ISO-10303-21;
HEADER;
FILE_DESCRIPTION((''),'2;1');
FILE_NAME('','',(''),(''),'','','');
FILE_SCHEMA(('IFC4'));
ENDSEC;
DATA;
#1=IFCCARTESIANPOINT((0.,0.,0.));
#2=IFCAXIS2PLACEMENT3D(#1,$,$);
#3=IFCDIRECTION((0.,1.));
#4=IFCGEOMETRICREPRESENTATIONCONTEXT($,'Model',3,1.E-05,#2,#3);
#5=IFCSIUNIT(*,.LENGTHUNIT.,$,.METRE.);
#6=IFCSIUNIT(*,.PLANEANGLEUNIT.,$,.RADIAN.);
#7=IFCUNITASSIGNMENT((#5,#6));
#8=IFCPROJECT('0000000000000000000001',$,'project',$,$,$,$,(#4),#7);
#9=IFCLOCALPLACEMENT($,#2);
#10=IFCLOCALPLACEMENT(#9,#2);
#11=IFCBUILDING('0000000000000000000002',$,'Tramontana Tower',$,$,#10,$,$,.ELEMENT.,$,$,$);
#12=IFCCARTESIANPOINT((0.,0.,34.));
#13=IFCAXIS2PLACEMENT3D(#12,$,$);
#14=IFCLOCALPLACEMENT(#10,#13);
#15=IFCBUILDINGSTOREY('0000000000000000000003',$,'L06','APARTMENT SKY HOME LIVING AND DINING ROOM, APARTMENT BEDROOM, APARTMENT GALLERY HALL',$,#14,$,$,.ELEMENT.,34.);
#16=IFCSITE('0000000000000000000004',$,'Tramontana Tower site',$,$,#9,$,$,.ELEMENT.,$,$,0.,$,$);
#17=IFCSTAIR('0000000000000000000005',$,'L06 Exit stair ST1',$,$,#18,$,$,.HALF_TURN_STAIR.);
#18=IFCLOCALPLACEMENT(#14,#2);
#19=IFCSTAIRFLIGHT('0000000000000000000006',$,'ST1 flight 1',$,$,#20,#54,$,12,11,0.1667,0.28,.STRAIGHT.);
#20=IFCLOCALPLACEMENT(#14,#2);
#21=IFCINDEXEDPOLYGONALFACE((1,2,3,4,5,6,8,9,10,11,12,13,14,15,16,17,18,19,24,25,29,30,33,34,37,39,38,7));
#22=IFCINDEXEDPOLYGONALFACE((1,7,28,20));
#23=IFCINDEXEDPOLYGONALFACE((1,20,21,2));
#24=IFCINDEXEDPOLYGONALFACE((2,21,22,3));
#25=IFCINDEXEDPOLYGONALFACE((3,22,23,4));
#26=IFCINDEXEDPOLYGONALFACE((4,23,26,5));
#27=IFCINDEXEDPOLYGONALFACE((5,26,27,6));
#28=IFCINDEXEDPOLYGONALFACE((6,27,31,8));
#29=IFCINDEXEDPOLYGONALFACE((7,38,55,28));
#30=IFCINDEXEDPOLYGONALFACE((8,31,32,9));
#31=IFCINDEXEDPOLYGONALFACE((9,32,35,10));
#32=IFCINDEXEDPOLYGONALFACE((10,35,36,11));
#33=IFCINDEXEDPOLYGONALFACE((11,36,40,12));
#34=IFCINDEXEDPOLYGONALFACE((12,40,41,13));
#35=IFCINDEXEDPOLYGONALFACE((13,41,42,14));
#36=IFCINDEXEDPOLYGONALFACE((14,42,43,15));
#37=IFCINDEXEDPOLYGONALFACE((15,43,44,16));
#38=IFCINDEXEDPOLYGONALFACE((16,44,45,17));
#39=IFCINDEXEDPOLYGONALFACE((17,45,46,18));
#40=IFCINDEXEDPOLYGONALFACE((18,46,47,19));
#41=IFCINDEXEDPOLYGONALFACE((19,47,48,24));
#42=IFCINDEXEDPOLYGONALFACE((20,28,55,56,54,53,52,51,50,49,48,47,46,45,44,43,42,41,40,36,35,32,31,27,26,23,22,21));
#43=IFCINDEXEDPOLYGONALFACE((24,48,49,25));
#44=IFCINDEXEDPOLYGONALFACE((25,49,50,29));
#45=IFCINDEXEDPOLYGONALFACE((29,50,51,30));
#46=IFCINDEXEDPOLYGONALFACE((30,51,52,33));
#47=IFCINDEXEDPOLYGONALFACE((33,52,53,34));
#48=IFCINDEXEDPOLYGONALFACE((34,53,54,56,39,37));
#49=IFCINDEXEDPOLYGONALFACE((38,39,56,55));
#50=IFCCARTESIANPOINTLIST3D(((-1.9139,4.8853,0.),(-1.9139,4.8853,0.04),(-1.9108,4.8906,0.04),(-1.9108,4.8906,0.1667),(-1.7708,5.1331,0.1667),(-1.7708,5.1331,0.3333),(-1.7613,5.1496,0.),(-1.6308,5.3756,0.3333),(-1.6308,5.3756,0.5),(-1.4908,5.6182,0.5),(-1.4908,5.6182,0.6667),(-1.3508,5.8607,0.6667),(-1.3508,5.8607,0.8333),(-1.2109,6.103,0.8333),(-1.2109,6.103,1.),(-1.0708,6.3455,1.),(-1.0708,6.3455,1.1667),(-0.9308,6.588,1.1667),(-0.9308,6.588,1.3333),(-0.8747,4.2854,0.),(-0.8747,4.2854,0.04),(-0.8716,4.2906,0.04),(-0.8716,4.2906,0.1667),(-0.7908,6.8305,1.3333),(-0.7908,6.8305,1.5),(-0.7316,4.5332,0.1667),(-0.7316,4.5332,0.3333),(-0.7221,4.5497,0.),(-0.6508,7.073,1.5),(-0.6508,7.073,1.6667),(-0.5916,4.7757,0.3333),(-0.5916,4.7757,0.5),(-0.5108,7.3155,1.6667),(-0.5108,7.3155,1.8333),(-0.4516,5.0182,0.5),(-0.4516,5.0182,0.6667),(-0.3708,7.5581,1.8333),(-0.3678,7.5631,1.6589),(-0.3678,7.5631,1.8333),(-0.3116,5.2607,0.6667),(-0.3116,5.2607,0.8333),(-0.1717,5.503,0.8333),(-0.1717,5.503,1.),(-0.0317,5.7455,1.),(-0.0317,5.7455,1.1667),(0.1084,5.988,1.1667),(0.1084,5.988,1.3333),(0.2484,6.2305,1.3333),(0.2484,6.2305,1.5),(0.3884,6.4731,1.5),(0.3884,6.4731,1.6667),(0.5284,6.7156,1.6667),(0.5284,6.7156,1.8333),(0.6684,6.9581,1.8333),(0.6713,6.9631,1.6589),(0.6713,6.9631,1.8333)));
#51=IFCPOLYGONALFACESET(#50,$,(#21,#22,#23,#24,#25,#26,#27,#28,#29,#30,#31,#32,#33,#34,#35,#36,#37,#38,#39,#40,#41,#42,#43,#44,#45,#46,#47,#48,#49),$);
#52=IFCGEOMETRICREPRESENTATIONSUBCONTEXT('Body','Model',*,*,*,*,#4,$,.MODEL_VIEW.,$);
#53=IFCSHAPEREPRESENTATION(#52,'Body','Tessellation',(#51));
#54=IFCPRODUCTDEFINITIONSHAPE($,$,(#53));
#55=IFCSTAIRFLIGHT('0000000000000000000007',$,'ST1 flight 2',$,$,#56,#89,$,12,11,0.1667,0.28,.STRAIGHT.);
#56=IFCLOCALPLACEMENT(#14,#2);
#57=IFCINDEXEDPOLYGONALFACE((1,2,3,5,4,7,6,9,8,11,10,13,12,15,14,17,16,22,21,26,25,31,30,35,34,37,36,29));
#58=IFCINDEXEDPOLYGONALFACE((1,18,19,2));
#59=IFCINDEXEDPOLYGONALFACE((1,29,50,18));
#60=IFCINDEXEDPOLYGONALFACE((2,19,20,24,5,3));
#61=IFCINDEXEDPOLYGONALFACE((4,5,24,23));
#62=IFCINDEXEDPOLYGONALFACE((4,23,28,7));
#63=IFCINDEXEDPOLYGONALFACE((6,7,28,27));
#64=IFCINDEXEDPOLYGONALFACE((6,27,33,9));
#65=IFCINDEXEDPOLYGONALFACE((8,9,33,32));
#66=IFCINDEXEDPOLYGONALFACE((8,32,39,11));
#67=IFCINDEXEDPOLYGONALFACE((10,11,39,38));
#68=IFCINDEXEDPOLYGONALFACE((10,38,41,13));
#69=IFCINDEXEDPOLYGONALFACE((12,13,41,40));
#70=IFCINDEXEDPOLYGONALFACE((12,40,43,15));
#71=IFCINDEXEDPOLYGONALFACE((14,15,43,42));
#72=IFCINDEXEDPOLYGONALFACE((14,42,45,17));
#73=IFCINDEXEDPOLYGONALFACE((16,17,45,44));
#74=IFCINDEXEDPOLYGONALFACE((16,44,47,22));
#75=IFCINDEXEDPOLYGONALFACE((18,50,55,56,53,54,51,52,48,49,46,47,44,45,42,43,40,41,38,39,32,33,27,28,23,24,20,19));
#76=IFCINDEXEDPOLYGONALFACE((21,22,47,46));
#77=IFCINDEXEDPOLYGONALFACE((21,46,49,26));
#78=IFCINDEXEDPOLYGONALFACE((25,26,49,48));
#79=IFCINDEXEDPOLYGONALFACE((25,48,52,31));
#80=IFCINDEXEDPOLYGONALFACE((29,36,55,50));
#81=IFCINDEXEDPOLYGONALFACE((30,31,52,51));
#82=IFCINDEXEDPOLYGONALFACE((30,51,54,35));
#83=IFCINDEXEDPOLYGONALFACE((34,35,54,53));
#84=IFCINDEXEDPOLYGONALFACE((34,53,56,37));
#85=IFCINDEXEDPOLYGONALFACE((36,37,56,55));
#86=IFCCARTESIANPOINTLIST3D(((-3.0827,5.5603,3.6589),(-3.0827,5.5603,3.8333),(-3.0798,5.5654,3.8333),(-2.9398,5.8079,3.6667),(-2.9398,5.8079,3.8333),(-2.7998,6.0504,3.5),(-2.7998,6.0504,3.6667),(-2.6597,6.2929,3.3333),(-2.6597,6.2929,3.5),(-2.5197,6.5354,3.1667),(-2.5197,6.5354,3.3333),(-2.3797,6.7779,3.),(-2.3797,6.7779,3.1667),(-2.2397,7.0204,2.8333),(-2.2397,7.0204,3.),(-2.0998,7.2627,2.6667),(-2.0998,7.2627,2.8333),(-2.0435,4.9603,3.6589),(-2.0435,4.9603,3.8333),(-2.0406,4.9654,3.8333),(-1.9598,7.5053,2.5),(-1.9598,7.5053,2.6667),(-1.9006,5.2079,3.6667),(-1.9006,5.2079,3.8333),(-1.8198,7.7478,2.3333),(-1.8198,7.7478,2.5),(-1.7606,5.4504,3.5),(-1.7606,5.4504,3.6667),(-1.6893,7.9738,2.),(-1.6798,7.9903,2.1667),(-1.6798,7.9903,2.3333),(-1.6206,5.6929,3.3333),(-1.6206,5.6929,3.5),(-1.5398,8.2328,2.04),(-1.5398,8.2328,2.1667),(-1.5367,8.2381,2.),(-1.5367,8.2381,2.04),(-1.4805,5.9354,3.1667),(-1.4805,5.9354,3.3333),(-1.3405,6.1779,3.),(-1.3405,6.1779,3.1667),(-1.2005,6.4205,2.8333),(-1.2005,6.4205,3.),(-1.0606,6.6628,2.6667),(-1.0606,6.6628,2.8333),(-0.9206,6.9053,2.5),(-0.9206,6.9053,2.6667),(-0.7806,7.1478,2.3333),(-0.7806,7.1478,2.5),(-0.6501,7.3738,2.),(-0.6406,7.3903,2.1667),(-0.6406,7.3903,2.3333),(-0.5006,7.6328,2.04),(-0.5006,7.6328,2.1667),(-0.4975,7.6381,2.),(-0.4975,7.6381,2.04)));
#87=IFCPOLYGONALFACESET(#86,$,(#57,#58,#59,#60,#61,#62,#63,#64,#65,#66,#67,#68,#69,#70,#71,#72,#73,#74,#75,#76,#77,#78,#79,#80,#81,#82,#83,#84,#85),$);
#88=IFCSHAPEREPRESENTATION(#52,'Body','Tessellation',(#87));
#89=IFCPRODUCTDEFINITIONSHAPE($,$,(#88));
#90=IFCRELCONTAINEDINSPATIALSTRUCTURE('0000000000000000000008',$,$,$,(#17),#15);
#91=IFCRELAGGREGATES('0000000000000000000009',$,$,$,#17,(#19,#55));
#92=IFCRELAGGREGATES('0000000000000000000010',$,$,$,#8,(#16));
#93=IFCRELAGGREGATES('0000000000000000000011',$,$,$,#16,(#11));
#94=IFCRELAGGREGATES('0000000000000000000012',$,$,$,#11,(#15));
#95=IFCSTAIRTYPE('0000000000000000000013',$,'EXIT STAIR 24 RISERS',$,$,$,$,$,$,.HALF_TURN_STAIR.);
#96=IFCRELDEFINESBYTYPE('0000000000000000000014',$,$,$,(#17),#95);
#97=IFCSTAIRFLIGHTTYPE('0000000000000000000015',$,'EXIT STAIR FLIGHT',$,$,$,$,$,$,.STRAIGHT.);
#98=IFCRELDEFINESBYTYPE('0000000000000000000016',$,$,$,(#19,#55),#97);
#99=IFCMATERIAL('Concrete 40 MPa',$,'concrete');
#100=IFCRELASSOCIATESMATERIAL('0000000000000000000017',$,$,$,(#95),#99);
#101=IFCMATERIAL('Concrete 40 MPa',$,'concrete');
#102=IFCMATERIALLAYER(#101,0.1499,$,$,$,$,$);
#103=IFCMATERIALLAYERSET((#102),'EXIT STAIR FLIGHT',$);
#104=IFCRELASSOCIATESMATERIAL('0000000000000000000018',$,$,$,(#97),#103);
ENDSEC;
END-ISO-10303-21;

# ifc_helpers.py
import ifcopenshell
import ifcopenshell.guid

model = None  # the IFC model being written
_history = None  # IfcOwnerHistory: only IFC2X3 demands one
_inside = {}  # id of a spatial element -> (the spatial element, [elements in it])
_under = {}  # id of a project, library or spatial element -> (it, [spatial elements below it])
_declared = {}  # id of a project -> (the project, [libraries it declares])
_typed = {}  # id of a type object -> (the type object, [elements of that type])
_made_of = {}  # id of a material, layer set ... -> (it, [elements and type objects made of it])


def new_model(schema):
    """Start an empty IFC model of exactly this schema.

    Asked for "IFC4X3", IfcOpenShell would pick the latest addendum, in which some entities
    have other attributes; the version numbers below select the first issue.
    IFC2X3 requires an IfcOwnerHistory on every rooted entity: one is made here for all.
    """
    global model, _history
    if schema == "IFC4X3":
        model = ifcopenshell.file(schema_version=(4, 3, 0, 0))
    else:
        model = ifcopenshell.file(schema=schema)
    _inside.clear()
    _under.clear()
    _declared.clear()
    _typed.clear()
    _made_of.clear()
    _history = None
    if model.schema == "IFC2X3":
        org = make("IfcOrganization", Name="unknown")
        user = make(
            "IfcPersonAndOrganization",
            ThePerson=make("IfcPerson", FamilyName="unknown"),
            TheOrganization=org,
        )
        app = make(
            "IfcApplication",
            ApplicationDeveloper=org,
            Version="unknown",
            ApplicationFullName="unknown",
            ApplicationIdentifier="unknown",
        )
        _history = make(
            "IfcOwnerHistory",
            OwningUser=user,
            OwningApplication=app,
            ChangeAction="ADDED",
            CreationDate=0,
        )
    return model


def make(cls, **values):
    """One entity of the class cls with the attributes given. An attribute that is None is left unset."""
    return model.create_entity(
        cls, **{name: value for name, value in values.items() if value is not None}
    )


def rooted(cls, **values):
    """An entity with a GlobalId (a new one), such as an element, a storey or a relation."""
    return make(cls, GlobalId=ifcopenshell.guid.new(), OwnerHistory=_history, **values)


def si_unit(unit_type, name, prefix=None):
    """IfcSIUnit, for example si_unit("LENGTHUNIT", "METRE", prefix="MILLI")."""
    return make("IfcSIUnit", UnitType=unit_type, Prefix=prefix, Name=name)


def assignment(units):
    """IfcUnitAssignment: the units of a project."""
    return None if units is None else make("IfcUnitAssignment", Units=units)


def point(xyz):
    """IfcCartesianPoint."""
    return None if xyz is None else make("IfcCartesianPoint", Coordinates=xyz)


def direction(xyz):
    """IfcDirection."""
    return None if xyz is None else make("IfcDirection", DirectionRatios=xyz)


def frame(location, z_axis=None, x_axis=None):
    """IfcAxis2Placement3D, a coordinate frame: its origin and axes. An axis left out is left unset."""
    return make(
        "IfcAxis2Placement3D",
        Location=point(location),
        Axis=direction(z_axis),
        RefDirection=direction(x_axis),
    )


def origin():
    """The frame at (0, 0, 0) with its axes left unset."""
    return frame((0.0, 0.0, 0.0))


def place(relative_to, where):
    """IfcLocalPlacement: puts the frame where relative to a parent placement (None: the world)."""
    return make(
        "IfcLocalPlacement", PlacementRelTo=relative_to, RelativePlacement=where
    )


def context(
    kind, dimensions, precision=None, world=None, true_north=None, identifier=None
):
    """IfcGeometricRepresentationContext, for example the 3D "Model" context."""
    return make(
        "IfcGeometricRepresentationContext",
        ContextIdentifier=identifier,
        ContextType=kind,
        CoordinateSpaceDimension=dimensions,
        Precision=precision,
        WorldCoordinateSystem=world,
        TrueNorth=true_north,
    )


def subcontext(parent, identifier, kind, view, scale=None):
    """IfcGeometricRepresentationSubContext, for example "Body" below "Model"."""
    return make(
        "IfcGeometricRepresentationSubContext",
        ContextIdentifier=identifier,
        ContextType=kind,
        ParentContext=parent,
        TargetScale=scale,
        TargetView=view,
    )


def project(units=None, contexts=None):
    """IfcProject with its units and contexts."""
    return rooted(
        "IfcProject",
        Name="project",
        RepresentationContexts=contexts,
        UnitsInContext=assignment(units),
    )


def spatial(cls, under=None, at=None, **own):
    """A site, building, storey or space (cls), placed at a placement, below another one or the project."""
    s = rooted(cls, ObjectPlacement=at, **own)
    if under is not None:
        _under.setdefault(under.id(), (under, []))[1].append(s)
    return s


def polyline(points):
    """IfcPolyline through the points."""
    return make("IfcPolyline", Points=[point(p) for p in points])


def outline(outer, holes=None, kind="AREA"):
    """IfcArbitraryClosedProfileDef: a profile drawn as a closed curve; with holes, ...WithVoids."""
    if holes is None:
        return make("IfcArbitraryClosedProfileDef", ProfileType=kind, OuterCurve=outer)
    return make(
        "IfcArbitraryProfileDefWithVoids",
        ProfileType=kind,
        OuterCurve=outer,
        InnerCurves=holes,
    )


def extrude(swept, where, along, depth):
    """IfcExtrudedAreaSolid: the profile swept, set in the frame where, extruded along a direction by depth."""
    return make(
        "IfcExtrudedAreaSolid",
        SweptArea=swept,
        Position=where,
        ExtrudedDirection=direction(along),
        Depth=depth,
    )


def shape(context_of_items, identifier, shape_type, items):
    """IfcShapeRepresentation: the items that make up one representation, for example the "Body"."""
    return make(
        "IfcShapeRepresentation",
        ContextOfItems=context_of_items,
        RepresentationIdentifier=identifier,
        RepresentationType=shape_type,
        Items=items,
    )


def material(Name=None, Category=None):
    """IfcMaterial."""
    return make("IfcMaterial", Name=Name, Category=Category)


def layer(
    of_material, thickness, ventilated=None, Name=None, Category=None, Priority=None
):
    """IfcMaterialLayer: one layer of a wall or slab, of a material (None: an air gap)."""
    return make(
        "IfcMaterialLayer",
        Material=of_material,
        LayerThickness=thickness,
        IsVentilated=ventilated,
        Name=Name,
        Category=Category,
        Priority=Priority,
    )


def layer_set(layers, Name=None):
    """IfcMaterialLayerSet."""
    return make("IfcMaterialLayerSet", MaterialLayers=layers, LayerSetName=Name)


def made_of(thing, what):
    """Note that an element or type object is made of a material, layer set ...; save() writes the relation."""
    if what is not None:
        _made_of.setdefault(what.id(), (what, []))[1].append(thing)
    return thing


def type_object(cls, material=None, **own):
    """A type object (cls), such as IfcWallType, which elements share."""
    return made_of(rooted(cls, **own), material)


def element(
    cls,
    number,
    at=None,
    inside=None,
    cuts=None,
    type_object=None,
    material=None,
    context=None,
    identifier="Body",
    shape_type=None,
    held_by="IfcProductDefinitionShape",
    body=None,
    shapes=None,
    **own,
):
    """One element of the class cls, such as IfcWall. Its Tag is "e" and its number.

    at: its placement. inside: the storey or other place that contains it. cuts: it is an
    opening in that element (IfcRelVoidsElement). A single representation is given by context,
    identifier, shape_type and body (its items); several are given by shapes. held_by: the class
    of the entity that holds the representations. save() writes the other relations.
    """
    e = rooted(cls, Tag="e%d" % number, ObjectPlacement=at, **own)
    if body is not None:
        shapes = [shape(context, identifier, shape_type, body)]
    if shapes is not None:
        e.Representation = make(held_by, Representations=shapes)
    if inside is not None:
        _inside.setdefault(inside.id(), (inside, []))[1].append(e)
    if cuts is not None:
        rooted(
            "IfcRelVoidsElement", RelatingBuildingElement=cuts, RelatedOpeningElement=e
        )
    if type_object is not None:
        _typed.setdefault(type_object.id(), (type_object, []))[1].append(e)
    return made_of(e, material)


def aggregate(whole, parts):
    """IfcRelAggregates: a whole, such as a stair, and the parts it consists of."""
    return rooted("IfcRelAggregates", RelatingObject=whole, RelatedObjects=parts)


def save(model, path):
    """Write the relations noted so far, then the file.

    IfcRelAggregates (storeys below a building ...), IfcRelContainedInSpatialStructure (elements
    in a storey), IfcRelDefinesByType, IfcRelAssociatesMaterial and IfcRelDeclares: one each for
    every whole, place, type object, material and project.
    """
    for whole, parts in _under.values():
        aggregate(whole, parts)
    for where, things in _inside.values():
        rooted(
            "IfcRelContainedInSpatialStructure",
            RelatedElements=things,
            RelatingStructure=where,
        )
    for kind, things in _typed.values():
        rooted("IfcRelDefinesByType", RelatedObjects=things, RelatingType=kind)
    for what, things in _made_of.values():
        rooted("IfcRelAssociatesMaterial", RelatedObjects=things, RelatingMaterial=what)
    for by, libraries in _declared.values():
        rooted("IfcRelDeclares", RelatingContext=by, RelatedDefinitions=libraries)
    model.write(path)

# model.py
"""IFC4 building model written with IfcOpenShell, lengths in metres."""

from ifc_helpers import new_model, si_unit, direction, frame, origin, place, context, subcontext, project, spatial, polyline, outline, extrude, material, layer, layer_set, type_object, element, aggregate, save


model = new_model("IFC4")

# Units and contexts
model_context = context("Model", 3, precision=1e-05, world=origin(), true_north=direction((0.0, 1.0)))
body_context = subcontext(model_context, "Body", "Model", "MODEL_VIEW")
ifc_project = project(units=[si_unit("LENGTHUNIT", "METRE"), si_unit("PLANEANGLEUNIT", "RADIAN")], contexts=[model_context])

# Site, building, storey
site_placement = place(None, origin())
site = spatial("IfcSite", under=ifc_project, at=site_placement, Name="Tramontana Tower site", CompositionType="ELEMENT", RefElevation=0.0)
building_placement = place(site_placement, origin())
building = spatial("IfcBuilding", under=site, at=building_placement, Name="Tramontana Tower", CompositionType="ELEMENT")
storey_placement = place(building_placement, frame((0.0, 0.0, 34.0)))
storey = spatial("IfcBuildingStorey", under=building, at=storey_placement, Name="L06", Description="APARTMENT SKY HOME LIVING AND DINING ROOM, APARTMENT BEDROOM, APARTMENT GALLERY HALL", CompositionType="ELEMENT", Elevation=34.0)

# Stair, stair flights
ifc_material_1 = material(Name="Concrete 40 MPa", Category="concrete")
stair_type = type_object("IfcStairType", Name="EXIT STAIR 24 RISERS", PredefinedType="HALF_TURN_STAIR", material=ifc_material_1)
stair_placement = place(storey_placement, origin())
stair = element("IfcStair", 1, at=stair_placement, inside=storey, type_object=stair_type, Name="L06 Exit stair ST1", PredefinedType="HALF_TURN_STAIR")
ifc_material_2 = material(Name="Concrete 40 MPa", Category="concrete")
ifc_layer_1 = layer(ifc_material_2, 0.1499)
ifc_layer_set_1 = layer_set([ifc_layer_1], Name="EXIT STAIR FLIGHT")
stair_flight_type = type_object("IfcStairFlightType", Name="EXIT STAIR FLIGHT", PredefinedType="STRAIGHT", material=ifc_layer_set_1)
stair_flight_1_placement = place(storey_placement, frame((-1.3911, 4.5906, 0.0), z_axis=(0.0, 0.0, 1.0), x_axis=(0.5, 0.866025, 0.0)))
stair_flight_1 = element("IfcStairFlight", 2, at=stair_flight_1_placement, type_object=stair_flight_type, Name="ST1 flight 1", NumberOfRisers=12, NumberOfTreads=11, PredefinedType="STRAIGHT", RiserHeight=0.1667, TreadLength=0.28, context=body_context, shape_type="SweptSolid", body=[
    extrude(outline(polyline([(-0.0061, 0.0), (-0.0061, 0.04), (0.0, 0.04), (0.0, 0.1667), (0.28, 0.1667), (0.28, 0.3333), (0.5601, 0.3333), (0.5601, 0.5), (0.8401, 0.5), (0.8401, 0.6667), (1.1201, 0.6667), (1.1201, 0.8333), (1.3999, 0.8333), (1.3999, 1.0), (1.6799, 1.0), (1.6799, 1.1667), (1.96, 1.1667), (1.96, 1.3333), (2.24, 1.3333), (2.24, 1.5), (2.52, 1.5), (2.52, 1.6667), (2.8, 1.6667), (2.8, 1.8333), (3.0801, 1.8333), (3.0859, 1.8333), (3.0859, 1.6589), (0.2991, 0.0), (-0.0061, 0.0)])), frame((0.0, 0.6001, 0.0), z_axis=(0.0, -1.0, 0.0), x_axis=(1.0, 0.0, 0.0)), (0.0, 0.0, 1.0), 1.2),
])
stair_flight_2_placement = place(storey_placement, frame((-1.0203, 7.9329, 2.0), z_axis=(0.0, 0.0, 1.0), x_axis=(-0.5, -0.866025, 0.0)))
stair_flight_2 = element("IfcStairFlight", 3, at=stair_flight_2_placement, type_object=stair_flight_type, Name="ST1 flight 2", NumberOfRisers=12, NumberOfTreads=11, PredefinedType="STRAIGHT", RiserHeight=0.1667, TreadLength=0.28, context=body_context, shape_type="SweptSolid", body=[
    extrude(outline(polyline([(-0.0061, 0.0), (-0.0061, 0.04), (0.0, 0.04), (0.0, 0.1667), (0.28, 0.1667), (0.28, 0.3333), (0.5601, 0.3333), (0.5601, 0.5), (0.8401, 0.5), (0.8401, 0.6667), (1.1201, 0.6667), (1.1201, 0.8333), (1.3999, 0.8333), (1.3999, 1.0), (1.6799, 1.0), (1.6799, 1.1667), (1.96, 1.1667), (1.96, 1.3333), (2.24, 1.3333), (2.24, 1.5), (2.52, 1.5), (2.52, 1.6667), (2.8, 1.6667), (2.8, 1.8333), (3.0801, 1.8333), (3.0859, 1.8333), (3.0859, 1.6589), (0.2991, 0.0), (-0.0061, 0.0)])), frame((0.0, 0.6001, 0.0), z_axis=(0.0, -1.0, 0.0), x_axis=(1.0, 0.0, 0.0)), (0.0, 0.0, 1.0), 1.2),
])
aggregate(stair, [stair_flight_1, stair_flight_2])

save(model, "model.ifc")
